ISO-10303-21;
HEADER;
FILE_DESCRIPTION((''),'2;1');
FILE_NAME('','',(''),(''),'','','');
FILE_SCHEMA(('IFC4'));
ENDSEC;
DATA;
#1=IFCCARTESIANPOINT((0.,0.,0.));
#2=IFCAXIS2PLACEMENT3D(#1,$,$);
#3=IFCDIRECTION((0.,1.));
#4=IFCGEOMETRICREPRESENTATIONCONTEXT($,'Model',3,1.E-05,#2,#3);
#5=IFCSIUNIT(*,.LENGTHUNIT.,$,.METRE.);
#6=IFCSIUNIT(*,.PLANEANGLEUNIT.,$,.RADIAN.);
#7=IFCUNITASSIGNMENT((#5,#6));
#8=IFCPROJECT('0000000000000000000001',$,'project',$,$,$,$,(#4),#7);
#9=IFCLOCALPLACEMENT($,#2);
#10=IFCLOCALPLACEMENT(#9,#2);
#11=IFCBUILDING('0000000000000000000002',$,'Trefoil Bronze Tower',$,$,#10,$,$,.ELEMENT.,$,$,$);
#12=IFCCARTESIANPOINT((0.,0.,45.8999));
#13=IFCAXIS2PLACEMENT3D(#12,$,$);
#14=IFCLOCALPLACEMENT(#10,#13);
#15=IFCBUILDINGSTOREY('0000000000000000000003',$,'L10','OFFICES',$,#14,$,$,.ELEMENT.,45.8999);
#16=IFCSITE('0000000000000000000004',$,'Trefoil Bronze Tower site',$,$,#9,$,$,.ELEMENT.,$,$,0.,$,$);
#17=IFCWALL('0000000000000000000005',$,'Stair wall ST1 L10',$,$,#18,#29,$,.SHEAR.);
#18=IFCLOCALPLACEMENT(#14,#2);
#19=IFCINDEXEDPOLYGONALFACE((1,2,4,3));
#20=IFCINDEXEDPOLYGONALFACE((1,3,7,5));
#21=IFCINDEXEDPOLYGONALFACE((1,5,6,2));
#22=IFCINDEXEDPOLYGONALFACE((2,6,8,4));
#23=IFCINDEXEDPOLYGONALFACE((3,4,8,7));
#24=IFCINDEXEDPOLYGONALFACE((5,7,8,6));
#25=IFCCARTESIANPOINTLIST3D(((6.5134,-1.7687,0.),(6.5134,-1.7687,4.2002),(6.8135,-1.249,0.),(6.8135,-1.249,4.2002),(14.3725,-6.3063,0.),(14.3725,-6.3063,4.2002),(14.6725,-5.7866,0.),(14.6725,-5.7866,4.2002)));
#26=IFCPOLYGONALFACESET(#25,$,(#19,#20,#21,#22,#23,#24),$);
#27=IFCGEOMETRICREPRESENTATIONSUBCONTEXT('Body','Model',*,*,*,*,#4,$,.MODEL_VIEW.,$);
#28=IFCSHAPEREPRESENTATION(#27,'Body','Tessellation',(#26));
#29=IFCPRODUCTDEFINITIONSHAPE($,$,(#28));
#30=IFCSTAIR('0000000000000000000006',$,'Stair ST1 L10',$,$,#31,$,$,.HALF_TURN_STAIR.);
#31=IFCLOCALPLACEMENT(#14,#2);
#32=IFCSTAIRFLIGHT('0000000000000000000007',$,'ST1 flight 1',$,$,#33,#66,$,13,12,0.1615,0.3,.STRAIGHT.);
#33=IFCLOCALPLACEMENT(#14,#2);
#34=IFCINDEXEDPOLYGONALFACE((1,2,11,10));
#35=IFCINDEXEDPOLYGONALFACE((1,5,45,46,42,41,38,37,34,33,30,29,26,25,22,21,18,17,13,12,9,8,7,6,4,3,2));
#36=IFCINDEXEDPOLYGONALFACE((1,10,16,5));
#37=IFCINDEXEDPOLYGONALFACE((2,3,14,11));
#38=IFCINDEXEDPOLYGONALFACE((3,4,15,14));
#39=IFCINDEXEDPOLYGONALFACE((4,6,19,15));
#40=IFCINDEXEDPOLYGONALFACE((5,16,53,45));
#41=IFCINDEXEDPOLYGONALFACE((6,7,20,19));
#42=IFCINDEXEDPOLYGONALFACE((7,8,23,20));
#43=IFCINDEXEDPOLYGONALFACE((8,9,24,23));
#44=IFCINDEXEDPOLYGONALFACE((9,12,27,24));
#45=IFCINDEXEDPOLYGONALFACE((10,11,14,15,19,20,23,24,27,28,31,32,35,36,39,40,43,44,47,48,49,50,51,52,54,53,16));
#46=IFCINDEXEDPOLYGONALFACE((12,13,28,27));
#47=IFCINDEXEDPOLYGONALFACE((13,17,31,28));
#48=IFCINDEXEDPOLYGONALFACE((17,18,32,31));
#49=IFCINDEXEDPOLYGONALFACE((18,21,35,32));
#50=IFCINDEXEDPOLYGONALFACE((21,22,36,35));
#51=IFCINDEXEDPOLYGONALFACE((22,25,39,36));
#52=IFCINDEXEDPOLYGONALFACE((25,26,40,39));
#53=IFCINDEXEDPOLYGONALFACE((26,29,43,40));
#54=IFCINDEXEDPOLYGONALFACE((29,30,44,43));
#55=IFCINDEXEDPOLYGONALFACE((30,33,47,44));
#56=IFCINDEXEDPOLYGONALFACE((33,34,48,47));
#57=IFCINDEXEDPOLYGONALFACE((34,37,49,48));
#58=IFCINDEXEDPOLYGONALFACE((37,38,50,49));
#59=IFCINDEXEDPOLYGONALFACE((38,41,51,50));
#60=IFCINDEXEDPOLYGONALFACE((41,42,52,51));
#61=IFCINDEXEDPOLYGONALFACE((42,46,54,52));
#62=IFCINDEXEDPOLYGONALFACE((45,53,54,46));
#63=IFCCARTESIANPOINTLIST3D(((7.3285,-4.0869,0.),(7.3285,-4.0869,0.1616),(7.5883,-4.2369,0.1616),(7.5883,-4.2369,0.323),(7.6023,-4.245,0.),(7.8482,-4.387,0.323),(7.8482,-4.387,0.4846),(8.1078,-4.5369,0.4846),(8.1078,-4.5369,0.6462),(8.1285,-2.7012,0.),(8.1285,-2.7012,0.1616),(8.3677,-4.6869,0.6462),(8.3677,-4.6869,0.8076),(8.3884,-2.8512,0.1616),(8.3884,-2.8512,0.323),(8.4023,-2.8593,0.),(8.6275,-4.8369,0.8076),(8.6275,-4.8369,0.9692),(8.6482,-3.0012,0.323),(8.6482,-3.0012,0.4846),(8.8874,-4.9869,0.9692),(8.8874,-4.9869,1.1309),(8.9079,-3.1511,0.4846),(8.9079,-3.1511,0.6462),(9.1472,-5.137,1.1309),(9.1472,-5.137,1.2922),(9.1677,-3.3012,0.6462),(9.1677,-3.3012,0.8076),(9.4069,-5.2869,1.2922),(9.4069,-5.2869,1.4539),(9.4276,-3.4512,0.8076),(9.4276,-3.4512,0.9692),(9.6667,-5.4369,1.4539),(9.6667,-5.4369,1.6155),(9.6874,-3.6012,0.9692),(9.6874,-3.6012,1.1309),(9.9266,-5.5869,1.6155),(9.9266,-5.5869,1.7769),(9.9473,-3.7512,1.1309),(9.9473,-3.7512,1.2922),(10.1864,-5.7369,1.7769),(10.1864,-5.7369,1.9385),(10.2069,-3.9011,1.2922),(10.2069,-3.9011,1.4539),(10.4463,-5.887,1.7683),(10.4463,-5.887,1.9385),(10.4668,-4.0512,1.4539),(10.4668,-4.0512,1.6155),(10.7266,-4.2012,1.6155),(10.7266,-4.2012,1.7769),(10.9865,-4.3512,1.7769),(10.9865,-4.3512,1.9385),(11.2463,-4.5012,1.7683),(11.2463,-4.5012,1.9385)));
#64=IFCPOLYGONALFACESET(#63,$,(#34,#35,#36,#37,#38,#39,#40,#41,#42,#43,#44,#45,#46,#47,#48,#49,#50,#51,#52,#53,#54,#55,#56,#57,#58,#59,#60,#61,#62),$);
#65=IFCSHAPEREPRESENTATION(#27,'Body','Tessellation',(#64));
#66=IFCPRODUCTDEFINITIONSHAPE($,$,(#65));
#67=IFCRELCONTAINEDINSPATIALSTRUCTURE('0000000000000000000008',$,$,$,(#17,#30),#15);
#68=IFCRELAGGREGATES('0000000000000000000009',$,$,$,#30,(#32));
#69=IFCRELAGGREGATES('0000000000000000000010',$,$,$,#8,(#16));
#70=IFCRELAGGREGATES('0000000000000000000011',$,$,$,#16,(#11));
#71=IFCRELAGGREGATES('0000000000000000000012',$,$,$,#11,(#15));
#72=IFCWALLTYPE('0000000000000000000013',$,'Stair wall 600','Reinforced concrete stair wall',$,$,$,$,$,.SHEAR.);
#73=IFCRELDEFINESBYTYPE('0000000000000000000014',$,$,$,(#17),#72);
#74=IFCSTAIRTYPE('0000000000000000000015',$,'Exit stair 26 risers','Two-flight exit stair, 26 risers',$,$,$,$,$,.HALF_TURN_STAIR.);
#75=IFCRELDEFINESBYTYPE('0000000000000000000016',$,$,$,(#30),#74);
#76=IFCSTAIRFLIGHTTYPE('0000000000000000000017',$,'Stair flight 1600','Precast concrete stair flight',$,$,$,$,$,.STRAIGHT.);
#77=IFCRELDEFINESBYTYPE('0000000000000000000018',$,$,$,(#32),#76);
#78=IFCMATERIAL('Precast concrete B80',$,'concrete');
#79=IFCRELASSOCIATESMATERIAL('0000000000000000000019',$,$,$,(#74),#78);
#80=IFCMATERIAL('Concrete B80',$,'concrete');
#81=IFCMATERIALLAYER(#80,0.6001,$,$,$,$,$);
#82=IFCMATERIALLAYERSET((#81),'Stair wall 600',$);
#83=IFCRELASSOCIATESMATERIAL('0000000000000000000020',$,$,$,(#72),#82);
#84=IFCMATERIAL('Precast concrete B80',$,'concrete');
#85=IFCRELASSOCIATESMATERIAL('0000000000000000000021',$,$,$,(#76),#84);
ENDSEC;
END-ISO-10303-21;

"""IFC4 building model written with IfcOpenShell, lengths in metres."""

from ifc_helpers import new_model, si_unit, direction, frame, frame_2d, origin, place, context, subcontext, project, spatial, polyline, rectangle, outline, extrude, material, layer, layer_set, type_object, element, aggregate, save


model = new_model("IFC4")

# Units and contexts
model_context = context("Model", 3, precision=1e-05, world=origin(), true_north=direction((0.0, 1.0)))
body_context = subcontext(model_context, "Body", "Model", "MODEL_VIEW")
ifc_project = project(units=[si_unit("LENGTHUNIT", "METRE"), si_unit("PLANEANGLEUNIT", "RADIAN")], contexts=[model_context])

# Site, building, storey
site_placement = place(None, origin())
site = spatial("IfcSite", under=ifc_project, at=site_placement, Name="Trefoil Bronze Tower site", CompositionType="ELEMENT", RefElevation=0.0)
building_placement = place(site_placement, origin())
building = spatial("IfcBuilding", under=site, at=building_placement, Name="Trefoil Bronze Tower", CompositionType="ELEMENT")
storey_placement = place(building_placement, frame((0.0, 0.0, 45.8999)))
storey = spatial("IfcBuildingStorey", under=building, at=storey_placement, Name="L10", Description="OFFICES", CompositionType="ELEMENT", Elevation=45.8999)

# Shared definitions
ifc_material_1 = material(Name="Precast concrete B80", Category="concrete")
stair_type = type_object("IfcStairType", Name="Exit stair 26 risers", Description="Two-flight exit stair, 26 risers", PredefinedType="HALF_TURN_STAIR", material=ifc_material_1)

# Wall
ifc_material_2 = material(Name="Concrete B80", Category="concrete")
ifc_layer_1 = layer(ifc_material_2, 0.6001)
ifc_layer_set_1 = layer_set([ifc_layer_1], Name="Stair wall 600")
wall_type_1 = type_object("IfcWallType", Name="Stair wall 600", Description="Reinforced concrete stair wall", PredefinedType="SHEAR", material=ifc_layer_set_1)
for number, where, z_axis, x_axis, name in (
    (1, (6.6633, -1.5088, 0.0), (0.0, 0.0, 1.0), (0.866019, -0.50001, 0.0), "Stair wall ST1 L10"),
):
    element("IfcWall", number, at=place(storey_placement, frame(where, z_axis=z_axis, x_axis=x_axis)), inside=storey, type_object=wall_type_1, Name=name, PredefinedType="SHEAR", context=body_context, shape_type="SweptSolid", body=[
        extrude(rectangle(XDim=9.075, YDim=0.6001, at=frame_2d((4.5376, 0.0))), origin(), (0.0, 0.0, 1.0), 4.2002),
    ])

# Stair, stair flight
stair_1_placement = place(storey_placement, origin())
stair_1 = element("IfcStair", 2, at=stair_1_placement, inside=storey, type_object=stair_type, Name="Stair ST1 L10", PredefinedType="HALF_TURN_STAIR")
ifc_material_3 = material(Name="Precast concrete B80", Category="concrete")
stair_flight_type = type_object("IfcStairFlightType", Name="Stair flight 1600", Description="Precast concrete stair flight", PredefinedType="STRAIGHT", material=ifc_material_3)
stair_flight_placement = place(storey_placement, frame((7.7285, -3.394, 0.0), z_axis=(0.0, 0.0, 1.0), x_axis=(0.866025, -0.5, 0.0)))
stair_flight = element("IfcStairFlight", 3, at=stair_flight_placement, type_object=stair_flight_type, Name="ST1 flight 1", NumberOfRisers=13, NumberOfTreads=12, PredefinedType="STRAIGHT", RiserHeight=0.1615, TreadLength=0.3, context=body_context, shape_type="SweptSolid", body=[
    extrude(outline(polyline([(0.0, 0.0), (0.0, 0.1616), (0.3, 0.1616), (0.3, 0.323), (0.6001, 0.323), (0.6001, 0.4846), (0.8999, 0.4846), (0.8999, 0.6462), (1.2, 0.6462), (1.2, 0.8076), (1.5, 0.8076), (1.5, 0.9692), (1.8, 0.9692), (1.8, 1.1309), (2.1001, 1.1309), (2.1001, 1.2922), (2.3999, 1.2922), (2.3999, 1.4539), (2.7, 1.4539), (2.7, 1.6155), (3.0, 1.6155), (3.0, 1.7769), (3.3, 1.7769), (3.3, 1.9385), (3.6001, 1.9385), (3.6001, 2.1001), (3.6001, 1.7683), (0.3162, 0.0), (0.0, 0.0)])), frame((0.0, 0.8, 0.0), z_axis=(0.0, -1.0, 0.0), x_axis=(1.0, 0.0, 0.0)), (0.0, 0.0, 1.0), 1.6001),
])
aggregate(stair_1, [stair_flight])

save(model, "model.ifc")
